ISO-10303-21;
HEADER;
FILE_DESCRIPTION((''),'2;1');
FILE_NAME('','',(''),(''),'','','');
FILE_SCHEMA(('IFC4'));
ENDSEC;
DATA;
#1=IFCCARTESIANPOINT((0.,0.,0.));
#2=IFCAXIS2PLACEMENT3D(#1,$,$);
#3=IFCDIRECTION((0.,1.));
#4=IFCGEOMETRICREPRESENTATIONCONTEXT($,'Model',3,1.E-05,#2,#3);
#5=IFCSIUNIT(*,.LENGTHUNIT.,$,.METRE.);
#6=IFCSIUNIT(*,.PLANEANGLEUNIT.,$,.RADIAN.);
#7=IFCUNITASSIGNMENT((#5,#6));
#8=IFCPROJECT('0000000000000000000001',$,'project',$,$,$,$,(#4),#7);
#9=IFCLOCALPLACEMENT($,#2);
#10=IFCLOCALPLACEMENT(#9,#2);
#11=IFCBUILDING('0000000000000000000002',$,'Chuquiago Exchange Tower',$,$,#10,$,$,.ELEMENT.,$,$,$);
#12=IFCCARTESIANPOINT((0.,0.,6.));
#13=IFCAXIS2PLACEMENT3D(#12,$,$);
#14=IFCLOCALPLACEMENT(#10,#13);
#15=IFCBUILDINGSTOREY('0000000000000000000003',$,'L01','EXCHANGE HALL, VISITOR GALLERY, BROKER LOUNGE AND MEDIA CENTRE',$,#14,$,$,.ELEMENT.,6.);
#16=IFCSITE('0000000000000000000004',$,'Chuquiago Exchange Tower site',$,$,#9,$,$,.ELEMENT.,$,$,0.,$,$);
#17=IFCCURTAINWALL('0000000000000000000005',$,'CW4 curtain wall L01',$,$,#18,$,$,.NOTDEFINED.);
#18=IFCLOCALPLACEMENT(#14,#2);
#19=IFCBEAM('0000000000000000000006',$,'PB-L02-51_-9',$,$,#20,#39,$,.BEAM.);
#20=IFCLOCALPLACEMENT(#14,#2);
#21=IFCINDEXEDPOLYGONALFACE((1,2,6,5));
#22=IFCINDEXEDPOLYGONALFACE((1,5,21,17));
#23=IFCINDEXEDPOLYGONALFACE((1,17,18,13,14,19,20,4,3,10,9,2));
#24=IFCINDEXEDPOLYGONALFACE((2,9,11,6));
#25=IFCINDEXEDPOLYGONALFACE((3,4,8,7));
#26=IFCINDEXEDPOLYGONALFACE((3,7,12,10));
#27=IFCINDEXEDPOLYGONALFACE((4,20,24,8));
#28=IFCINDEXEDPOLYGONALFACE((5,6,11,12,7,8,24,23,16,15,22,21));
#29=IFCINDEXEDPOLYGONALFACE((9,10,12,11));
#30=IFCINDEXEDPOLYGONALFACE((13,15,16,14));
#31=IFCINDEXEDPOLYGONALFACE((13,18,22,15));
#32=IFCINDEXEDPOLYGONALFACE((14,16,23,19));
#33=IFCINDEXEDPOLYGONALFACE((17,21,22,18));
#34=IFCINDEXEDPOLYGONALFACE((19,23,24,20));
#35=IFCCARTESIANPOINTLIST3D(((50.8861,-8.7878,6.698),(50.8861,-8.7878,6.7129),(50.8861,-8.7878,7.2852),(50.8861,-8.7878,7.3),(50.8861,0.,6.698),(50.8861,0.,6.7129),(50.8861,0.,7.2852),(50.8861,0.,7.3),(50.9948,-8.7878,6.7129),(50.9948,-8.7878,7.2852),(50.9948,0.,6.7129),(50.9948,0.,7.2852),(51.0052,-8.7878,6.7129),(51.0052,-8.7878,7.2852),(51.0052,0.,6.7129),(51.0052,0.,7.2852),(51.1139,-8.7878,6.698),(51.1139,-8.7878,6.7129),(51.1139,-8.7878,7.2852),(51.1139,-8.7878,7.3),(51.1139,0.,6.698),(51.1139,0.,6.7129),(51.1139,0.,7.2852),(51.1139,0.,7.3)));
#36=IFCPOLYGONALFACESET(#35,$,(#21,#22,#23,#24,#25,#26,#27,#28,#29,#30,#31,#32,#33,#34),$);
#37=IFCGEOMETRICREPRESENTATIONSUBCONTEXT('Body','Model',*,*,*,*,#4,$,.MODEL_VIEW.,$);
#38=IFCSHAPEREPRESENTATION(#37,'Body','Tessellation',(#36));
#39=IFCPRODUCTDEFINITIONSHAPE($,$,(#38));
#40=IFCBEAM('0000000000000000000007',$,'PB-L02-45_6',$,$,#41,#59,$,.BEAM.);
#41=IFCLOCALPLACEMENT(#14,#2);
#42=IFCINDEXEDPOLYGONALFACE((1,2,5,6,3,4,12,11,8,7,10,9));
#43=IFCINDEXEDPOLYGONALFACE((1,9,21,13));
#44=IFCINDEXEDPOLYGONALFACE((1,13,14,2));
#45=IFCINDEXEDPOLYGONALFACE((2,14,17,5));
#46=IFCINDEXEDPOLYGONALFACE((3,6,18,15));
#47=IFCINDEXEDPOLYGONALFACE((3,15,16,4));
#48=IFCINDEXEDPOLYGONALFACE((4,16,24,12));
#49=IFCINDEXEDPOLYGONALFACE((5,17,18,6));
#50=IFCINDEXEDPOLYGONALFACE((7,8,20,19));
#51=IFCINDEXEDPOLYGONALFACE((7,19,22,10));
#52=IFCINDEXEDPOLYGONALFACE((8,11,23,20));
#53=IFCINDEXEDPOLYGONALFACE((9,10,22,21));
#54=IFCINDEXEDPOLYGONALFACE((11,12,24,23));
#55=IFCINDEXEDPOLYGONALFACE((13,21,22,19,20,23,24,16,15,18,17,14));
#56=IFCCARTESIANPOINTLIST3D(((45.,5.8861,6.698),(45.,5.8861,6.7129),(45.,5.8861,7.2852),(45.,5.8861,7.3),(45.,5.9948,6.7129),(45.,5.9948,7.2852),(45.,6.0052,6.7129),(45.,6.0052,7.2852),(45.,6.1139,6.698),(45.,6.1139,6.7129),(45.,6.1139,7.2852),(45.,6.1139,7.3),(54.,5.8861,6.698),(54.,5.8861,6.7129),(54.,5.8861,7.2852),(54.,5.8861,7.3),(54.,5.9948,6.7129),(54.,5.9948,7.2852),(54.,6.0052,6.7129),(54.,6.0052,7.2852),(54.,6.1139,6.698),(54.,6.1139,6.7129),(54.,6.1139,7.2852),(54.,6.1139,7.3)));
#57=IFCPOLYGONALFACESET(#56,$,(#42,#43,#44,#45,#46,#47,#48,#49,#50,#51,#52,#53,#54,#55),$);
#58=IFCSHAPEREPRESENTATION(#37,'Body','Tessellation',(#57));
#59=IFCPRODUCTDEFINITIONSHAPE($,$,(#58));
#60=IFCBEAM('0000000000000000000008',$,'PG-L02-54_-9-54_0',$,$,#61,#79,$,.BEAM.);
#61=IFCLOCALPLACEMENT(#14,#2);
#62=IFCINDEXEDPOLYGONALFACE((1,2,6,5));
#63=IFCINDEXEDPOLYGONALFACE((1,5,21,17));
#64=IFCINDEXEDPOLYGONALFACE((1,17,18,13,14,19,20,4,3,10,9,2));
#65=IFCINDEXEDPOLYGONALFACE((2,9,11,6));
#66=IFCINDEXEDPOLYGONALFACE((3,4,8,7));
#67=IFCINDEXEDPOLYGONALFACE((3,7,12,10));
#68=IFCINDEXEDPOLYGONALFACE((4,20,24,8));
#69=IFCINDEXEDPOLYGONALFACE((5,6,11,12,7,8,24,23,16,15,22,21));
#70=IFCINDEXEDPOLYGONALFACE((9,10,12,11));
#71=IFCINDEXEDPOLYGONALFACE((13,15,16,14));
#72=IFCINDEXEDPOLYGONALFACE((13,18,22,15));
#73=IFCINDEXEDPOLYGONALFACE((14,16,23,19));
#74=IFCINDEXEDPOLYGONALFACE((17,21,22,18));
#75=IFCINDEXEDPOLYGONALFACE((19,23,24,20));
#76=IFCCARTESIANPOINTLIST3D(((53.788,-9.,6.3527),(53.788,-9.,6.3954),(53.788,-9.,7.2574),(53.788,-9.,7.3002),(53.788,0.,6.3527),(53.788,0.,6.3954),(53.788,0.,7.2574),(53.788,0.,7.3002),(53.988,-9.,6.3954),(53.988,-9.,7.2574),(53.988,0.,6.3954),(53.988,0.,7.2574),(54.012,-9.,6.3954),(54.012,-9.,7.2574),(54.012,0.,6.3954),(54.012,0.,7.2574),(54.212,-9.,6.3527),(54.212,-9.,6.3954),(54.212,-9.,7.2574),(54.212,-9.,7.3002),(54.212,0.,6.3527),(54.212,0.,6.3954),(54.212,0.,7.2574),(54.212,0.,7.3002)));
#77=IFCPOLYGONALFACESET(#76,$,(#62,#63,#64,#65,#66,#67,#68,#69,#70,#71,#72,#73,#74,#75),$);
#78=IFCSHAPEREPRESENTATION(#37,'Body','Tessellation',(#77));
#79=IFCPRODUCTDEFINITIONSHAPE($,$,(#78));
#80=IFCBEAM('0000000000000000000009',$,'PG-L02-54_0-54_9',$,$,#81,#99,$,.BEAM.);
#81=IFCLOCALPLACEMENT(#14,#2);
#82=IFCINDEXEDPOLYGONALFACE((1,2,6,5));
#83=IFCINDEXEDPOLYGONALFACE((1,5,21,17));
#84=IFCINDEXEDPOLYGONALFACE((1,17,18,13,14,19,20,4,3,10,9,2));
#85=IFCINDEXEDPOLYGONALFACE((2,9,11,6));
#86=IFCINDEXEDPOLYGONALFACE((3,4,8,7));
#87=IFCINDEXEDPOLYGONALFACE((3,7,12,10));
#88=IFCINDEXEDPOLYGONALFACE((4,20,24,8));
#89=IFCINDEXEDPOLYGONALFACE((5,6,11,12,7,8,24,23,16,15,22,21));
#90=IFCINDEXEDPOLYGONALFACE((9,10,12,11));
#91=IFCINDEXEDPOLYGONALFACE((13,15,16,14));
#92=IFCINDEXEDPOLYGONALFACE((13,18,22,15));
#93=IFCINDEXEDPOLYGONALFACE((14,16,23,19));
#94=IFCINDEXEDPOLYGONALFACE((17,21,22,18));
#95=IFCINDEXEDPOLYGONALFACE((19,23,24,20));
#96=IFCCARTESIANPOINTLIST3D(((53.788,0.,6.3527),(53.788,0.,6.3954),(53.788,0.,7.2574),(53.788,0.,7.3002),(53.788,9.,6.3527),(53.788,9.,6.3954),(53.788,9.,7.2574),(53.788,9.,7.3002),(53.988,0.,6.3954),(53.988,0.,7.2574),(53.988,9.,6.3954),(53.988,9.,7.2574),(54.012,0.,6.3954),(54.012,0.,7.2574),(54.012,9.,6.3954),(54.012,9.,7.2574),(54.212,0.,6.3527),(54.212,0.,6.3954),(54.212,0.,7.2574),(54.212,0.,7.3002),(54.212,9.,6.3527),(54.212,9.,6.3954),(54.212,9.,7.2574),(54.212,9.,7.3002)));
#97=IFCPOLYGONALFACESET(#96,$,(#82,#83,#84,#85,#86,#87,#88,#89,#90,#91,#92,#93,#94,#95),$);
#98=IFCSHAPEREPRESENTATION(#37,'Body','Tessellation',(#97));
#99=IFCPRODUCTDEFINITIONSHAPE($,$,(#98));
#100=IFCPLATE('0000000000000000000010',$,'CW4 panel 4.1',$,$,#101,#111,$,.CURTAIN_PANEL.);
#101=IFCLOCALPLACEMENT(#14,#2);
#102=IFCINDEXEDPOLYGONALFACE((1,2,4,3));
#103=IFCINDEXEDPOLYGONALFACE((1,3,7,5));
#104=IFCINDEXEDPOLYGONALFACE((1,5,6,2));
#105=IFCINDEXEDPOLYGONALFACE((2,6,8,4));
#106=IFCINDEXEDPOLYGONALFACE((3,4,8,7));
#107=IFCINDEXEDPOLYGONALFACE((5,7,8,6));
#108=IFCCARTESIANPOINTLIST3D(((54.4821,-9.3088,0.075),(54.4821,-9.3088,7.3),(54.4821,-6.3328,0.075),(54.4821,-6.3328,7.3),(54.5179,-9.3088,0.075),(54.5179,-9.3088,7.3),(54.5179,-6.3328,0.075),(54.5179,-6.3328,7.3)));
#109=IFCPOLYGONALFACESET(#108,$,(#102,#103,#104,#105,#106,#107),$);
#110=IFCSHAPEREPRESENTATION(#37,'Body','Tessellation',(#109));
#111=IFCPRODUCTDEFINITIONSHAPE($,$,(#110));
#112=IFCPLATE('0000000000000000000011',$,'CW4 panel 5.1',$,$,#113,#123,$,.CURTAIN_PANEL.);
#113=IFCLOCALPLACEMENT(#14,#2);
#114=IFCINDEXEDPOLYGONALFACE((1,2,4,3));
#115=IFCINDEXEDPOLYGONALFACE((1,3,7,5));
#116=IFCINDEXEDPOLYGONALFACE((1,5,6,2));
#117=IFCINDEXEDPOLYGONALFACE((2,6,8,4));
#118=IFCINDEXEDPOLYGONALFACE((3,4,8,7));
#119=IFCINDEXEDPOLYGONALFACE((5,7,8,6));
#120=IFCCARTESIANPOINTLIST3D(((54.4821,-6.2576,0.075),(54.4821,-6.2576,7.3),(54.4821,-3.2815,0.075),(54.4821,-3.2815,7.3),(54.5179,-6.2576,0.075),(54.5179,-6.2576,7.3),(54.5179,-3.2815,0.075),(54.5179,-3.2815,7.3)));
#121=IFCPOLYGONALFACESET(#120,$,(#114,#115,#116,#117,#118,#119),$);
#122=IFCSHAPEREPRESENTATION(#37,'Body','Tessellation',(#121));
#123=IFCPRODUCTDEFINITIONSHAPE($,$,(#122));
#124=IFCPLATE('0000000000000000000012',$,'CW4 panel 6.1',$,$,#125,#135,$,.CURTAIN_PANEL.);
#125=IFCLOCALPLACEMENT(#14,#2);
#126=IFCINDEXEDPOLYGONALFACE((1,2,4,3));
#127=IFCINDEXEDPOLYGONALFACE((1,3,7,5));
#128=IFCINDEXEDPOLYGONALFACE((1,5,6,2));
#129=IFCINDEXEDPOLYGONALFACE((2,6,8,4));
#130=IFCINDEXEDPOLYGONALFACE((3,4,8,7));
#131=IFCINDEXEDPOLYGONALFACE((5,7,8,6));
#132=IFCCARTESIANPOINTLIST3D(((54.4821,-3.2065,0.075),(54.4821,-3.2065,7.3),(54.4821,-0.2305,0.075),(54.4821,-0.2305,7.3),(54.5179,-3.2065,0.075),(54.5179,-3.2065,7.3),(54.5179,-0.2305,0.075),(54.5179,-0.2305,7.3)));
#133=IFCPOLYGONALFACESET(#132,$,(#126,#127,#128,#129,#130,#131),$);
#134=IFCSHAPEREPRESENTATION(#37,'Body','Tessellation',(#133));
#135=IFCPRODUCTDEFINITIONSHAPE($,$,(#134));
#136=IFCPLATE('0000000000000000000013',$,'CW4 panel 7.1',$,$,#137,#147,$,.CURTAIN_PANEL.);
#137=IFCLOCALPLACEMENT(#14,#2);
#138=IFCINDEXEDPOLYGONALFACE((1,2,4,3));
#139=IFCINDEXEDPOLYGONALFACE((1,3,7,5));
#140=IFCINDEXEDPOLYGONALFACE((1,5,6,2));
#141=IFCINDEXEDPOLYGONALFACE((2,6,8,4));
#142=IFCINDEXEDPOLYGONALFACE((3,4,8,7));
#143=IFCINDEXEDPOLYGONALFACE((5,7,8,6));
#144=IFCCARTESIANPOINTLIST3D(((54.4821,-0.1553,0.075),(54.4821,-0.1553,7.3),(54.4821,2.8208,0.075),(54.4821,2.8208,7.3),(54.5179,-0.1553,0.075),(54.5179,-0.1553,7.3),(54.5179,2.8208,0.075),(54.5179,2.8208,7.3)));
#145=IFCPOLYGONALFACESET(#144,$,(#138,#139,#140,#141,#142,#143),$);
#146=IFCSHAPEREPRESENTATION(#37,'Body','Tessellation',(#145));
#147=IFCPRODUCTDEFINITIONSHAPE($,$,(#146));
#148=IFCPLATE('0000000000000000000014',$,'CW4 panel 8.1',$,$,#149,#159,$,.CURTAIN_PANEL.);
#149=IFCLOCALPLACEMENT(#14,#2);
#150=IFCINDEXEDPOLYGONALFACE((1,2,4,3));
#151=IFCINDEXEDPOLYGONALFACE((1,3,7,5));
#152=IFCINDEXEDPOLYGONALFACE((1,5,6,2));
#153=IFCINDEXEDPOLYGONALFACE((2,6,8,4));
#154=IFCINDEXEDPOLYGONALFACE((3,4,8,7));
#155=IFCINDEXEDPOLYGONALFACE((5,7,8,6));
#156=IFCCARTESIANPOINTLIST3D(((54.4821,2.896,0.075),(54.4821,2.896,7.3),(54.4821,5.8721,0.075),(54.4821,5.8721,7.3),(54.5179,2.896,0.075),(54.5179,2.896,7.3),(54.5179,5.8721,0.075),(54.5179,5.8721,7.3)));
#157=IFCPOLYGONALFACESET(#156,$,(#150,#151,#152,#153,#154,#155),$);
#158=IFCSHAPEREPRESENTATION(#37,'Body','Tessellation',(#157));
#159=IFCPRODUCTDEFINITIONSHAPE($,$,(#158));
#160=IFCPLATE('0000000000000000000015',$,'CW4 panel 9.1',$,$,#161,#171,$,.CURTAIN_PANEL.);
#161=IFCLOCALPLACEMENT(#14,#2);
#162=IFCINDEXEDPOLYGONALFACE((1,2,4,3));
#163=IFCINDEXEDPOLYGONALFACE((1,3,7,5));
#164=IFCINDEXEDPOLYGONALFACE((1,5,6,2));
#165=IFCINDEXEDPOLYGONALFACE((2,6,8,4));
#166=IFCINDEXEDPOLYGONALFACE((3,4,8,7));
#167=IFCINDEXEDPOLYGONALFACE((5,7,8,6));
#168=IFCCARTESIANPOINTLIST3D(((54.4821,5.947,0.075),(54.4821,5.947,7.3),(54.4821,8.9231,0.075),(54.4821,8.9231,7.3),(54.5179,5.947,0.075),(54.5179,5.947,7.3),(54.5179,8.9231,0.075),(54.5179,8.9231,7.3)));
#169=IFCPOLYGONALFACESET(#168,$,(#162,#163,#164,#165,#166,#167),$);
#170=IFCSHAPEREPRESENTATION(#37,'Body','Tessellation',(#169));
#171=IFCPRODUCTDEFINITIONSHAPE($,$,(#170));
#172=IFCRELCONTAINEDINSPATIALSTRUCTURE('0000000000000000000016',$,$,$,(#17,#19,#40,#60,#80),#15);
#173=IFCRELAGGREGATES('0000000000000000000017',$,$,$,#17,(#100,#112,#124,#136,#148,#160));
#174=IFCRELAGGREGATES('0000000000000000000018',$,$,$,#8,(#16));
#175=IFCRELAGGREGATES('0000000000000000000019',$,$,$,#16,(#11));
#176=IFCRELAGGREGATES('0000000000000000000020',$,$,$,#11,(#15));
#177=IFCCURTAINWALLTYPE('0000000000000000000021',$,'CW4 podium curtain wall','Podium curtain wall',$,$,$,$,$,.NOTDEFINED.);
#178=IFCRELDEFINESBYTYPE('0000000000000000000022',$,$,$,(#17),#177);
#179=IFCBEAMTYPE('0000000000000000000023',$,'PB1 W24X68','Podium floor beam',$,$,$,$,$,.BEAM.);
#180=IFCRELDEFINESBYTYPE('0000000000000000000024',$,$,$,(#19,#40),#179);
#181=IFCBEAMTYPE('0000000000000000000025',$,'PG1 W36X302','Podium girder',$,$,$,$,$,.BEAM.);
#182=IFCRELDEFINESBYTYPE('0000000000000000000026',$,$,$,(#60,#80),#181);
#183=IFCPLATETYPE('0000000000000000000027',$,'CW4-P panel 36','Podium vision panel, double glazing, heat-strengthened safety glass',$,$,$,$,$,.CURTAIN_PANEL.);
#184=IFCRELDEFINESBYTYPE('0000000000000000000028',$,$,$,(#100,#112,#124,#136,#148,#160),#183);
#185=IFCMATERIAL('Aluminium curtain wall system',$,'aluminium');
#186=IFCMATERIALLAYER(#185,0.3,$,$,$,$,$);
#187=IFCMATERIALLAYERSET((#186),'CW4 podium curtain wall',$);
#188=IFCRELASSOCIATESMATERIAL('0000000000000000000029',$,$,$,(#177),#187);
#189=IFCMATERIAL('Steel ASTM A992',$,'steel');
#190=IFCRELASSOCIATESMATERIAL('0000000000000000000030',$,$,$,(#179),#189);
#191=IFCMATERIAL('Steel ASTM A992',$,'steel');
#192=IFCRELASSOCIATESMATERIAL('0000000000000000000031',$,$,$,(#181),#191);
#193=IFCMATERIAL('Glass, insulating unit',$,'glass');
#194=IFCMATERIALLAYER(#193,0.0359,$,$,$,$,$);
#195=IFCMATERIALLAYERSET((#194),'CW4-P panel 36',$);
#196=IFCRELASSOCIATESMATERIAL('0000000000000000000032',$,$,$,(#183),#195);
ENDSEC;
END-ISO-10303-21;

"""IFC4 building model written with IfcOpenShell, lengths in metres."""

from ifc_helpers import new_model, si_unit, direction, frame, origin, origin_2d, place, context, subcontext, project, spatial, rectangle, i_section, extrude, material, layer, layer_set, material_profile, profile_set, type_object, element, aggregate, save


model = new_model("IFC4")

# Units and contexts
model_context = context("Model", 3, precision=1e-05, world=origin(), true_north=direction((0.0, 1.0)))
body_context = subcontext(model_context, "Body", "Model", "MODEL_VIEW")
ifc_project = project(units=[si_unit("LENGTHUNIT", "METRE"), si_unit("PLANEANGLEUNIT", "RADIAN")], contexts=[model_context])

# Site, building, storey
site_placement = place(None, origin())
site = spatial("IfcSite", under=ifc_project, at=site_placement, Name="Chuquiago Exchange Tower site", CompositionType="ELEMENT", RefElevation=0.0)
building_placement = place(site_placement, origin())
building = spatial("IfcBuilding", under=site, at=building_placement, Name="Chuquiago Exchange Tower", CompositionType="ELEMENT")
storey_placement = place(building_placement, frame((0.0, 0.0, 6.0)))
storey = spatial("IfcBuildingStorey", under=building, at=storey_placement, Name="L01", Description="EXCHANGE HALL, VISITOR GALLERY, BROKER LOUNGE AND MEDIA CENTRE", CompositionType="ELEMENT", Elevation=6.0)

# Curtain wall
ifc_material_1 = material(Name="Aluminium curtain wall system", Category="aluminium")
ifc_layer_1 = layer(ifc_material_1, 0.3)
ifc_layer_set_1 = layer_set([ifc_layer_1], Name="CW4 podium curtain wall")
curtain_wall_type = type_object("IfcCurtainWallType", Name="CW4 podium curtain wall", Description="Podium curtain wall", PredefinedType="NOTDEFINED", material=ifc_layer_set_1)
curtain_wall_placement = place(storey_placement, origin())
curtain_wall = element("IfcCurtainWall", 1, at=curtain_wall_placement, inside=storey, type_object=curtain_wall_type, Name="CW4 curtain wall L01", PredefinedType="NOTDEFINED")

# Beams
ifc_material_2 = material(Name="Steel ASTM A992", Category="steel")
ifc_material_profile_1 = material_profile(ifc_material_2, i_section(OverallWidth=0.2278, OverallDepth=0.6021, WebThickness=0.0105, FlangeThickness=0.0149, at=origin_2d()), Name="W24X68")
ifc_profile_set_1 = profile_set([ifc_material_profile_1], Name="Steel ASTM A992")
beam_type_1 = type_object("IfcBeamType", Name="PB1 W24X68", Description="Podium floor beam", PredefinedType="BEAM", material=ifc_profile_set_1)
for number, where, z_axis, x_axis, name in (
    (2, (51.0, -8.7878, 6.999), (0.0, 1.0, 0.0), (-1.0, 0.0, 0.0), "PB-L02-51_-9"),
):
    element("IfcBeam", number, at=place(storey_placement, frame(where, z_axis=z_axis, x_axis=x_axis)), inside=storey, type_object=beam_type_1, Name=name, PredefinedType="BEAM", context=body_context, shape_type="SweptSolid", body=[
        extrude(i_section(OverallWidth=0.2278, OverallDepth=0.6021, WebThickness=0.0105, FlangeThickness=0.0149, at=origin_2d()), origin(), (0.0, 0.0, 1.0), 8.7878),
    ])
beam_placement = place(storey_placement, frame((45.0, 6.0, 6.999), z_axis=(1.0, 0.0, 0.0), x_axis=(0.0, 1.0, 0.0)))
element("IfcBeam", 3, at=beam_placement, inside=storey, type_object=beam_type_1, Name="PB-L02-45_6", PredefinedType="BEAM", context=body_context, shape_type="SweptSolid", body=[
    extrude(i_section(OverallWidth=0.2278, OverallDepth=0.6021, WebThickness=0.0105, FlangeThickness=0.0149, at=origin_2d()), origin(), (0.0, 0.0, 1.0), 9.0),
])
ifc_material_3 = material(Name="Steel ASTM A992", Category="steel")
ifc_material_profile_2 = material_profile(ifc_material_3, i_section(OverallWidth=0.4241, OverallDepth=0.9475, WebThickness=0.0239, FlangeThickness=0.0427, at=origin_2d()), Name="W36X302")
ifc_profile_set_2 = profile_set([ifc_material_profile_2], Name="Steel ASTM A992")
beam_type_2 = type_object("IfcBeamType", Name="PG1 W36X302", Description="Podium girder", PredefinedType="BEAM", material=ifc_profile_set_2)
for number, where, z_axis, x_axis, name in (
    (4, (54.0, -9.0, 6.8264), (0.0, 1.0, 0.0), (-1.0, 0.0, 0.0), "PG-L02-54_-9-54_0"),
    (5, (54.0, 0.0, 6.8264), (0.0, 1.0, 0.0), (-1.0, 0.0, 0.0), "PG-L02-54_0-54_9"),
):
    element("IfcBeam", number, at=place(storey_placement, frame(where, z_axis=z_axis, x_axis=x_axis)), inside=storey, type_object=beam_type_2, Name=name, PredefinedType="BEAM", context=body_context, shape_type="SweptSolid", body=[
        extrude(i_section(OverallWidth=0.4241, OverallDepth=0.9475, WebThickness=0.0239, FlangeThickness=0.0427, at=origin_2d()), origin(), (0.0, 0.0, 1.0), 9.0),
    ])

# Plates
ifc_material_4 = material(Name="Glass, insulating unit", Category="glass")
ifc_layer_2 = layer(ifc_material_4, 0.0359)
ifc_layer_set_2 = layer_set([ifc_layer_2], Name="CW4-P panel 36")
plate_type = type_object("IfcPlateType", Name="CW4-P panel 36", Description="Podium vision panel, double glazing, heat-strengthened safety glass", PredefinedType="CURTAIN_PANEL", material=ifc_layer_set_2)
plate_1_placement = place(storey_placement, frame((54.5, -7.8208, 0.075), z_axis=(0.0, 0.0, 1.0), x_axis=(0.0, 1.0, 0.0)))
plate_1 = element("IfcPlate", 6, at=plate_1_placement, type_object=plate_type, Name="CW4 panel 4.1", PredefinedType="CURTAIN_PANEL", context=body_context, shape_type="SweptSolid", body=[
    extrude(rectangle(XDim=2.9761, YDim=0.0359, at=origin_2d()), origin(), (0.0, 0.0, 1.0), 7.2251),
])
plate_2_placement = place(storey_placement, frame((54.5, -4.7695, 0.075), z_axis=(0.0, 0.0, 1.0), x_axis=(0.0, 1.0, 0.0)))
plate_2 = element("IfcPlate", 7, at=plate_2_placement, type_object=plate_type, Name="CW4 panel 5.1", PredefinedType="CURTAIN_PANEL", context=body_context, shape_type="SweptSolid", body=[
    extrude(rectangle(XDim=2.9761, YDim=0.0359, at=origin_2d()), origin(), (0.0, 0.0, 1.0), 7.2251),
])
plate_3_placement = place(storey_placement, frame((54.5, -1.7185, 0.075), z_axis=(0.0, 0.0, 1.0), x_axis=(0.0, 1.0, 0.0)))
plate_3 = element("IfcPlate", 8, at=plate_3_placement, type_object=plate_type, Name="CW4 panel 6.1", PredefinedType="CURTAIN_PANEL", context=body_context, shape_type="SweptSolid", body=[
    extrude(rectangle(XDim=2.9761, YDim=0.0359, at=origin_2d()), origin(), (0.0, 0.0, 1.0), 7.2251),
])
plate_4_placement = place(storey_placement, frame((54.5, 1.3328, 0.075), z_axis=(0.0, 0.0, 1.0), x_axis=(0.0, 1.0, 0.0)))
plate_4 = element("IfcPlate", 9, at=plate_4_placement, type_object=plate_type, Name="CW4 panel 7.1", PredefinedType="CURTAIN_PANEL", context=body_context, shape_type="SweptSolid", body=[
    extrude(rectangle(XDim=2.9761, YDim=0.0359, at=origin_2d()), origin(), (0.0, 0.0, 1.0), 7.2251),
])
plate_5_placement = place(storey_placement, frame((54.5, 4.384, 0.075), z_axis=(0.0, 0.0, 1.0), x_axis=(0.0, 1.0, 0.0)))
plate_5 = element("IfcPlate", 10, at=plate_5_placement, type_object=plate_type, Name="CW4 panel 8.1", PredefinedType="CURTAIN_PANEL", context=body_context, shape_type="SweptSolid", body=[
    extrude(rectangle(XDim=2.9761, YDim=0.0359, at=origin_2d()), origin(), (0.0, 0.0, 1.0), 7.2251),
])
plate_6_placement = place(storey_placement, frame((54.5, 7.4351, 0.075), z_axis=(0.0, 0.0, 1.0), x_axis=(0.0, 1.0, 0.0)))
plate_6 = element("IfcPlate", 11, at=plate_6_placement, type_object=plate_type, Name="CW4 panel 9.1", PredefinedType="CURTAIN_PANEL", context=body_context, shape_type="SweptSolid", body=[
    extrude(rectangle(XDim=2.9761, YDim=0.0359, at=origin_2d()), origin(), (0.0, 0.0, 1.0), 7.2251),
])
aggregate(curtain_wall, [plate_1, plate_2, plate_3, plate_4, plate_5, plate_6])

save(model, "model.ifc")
